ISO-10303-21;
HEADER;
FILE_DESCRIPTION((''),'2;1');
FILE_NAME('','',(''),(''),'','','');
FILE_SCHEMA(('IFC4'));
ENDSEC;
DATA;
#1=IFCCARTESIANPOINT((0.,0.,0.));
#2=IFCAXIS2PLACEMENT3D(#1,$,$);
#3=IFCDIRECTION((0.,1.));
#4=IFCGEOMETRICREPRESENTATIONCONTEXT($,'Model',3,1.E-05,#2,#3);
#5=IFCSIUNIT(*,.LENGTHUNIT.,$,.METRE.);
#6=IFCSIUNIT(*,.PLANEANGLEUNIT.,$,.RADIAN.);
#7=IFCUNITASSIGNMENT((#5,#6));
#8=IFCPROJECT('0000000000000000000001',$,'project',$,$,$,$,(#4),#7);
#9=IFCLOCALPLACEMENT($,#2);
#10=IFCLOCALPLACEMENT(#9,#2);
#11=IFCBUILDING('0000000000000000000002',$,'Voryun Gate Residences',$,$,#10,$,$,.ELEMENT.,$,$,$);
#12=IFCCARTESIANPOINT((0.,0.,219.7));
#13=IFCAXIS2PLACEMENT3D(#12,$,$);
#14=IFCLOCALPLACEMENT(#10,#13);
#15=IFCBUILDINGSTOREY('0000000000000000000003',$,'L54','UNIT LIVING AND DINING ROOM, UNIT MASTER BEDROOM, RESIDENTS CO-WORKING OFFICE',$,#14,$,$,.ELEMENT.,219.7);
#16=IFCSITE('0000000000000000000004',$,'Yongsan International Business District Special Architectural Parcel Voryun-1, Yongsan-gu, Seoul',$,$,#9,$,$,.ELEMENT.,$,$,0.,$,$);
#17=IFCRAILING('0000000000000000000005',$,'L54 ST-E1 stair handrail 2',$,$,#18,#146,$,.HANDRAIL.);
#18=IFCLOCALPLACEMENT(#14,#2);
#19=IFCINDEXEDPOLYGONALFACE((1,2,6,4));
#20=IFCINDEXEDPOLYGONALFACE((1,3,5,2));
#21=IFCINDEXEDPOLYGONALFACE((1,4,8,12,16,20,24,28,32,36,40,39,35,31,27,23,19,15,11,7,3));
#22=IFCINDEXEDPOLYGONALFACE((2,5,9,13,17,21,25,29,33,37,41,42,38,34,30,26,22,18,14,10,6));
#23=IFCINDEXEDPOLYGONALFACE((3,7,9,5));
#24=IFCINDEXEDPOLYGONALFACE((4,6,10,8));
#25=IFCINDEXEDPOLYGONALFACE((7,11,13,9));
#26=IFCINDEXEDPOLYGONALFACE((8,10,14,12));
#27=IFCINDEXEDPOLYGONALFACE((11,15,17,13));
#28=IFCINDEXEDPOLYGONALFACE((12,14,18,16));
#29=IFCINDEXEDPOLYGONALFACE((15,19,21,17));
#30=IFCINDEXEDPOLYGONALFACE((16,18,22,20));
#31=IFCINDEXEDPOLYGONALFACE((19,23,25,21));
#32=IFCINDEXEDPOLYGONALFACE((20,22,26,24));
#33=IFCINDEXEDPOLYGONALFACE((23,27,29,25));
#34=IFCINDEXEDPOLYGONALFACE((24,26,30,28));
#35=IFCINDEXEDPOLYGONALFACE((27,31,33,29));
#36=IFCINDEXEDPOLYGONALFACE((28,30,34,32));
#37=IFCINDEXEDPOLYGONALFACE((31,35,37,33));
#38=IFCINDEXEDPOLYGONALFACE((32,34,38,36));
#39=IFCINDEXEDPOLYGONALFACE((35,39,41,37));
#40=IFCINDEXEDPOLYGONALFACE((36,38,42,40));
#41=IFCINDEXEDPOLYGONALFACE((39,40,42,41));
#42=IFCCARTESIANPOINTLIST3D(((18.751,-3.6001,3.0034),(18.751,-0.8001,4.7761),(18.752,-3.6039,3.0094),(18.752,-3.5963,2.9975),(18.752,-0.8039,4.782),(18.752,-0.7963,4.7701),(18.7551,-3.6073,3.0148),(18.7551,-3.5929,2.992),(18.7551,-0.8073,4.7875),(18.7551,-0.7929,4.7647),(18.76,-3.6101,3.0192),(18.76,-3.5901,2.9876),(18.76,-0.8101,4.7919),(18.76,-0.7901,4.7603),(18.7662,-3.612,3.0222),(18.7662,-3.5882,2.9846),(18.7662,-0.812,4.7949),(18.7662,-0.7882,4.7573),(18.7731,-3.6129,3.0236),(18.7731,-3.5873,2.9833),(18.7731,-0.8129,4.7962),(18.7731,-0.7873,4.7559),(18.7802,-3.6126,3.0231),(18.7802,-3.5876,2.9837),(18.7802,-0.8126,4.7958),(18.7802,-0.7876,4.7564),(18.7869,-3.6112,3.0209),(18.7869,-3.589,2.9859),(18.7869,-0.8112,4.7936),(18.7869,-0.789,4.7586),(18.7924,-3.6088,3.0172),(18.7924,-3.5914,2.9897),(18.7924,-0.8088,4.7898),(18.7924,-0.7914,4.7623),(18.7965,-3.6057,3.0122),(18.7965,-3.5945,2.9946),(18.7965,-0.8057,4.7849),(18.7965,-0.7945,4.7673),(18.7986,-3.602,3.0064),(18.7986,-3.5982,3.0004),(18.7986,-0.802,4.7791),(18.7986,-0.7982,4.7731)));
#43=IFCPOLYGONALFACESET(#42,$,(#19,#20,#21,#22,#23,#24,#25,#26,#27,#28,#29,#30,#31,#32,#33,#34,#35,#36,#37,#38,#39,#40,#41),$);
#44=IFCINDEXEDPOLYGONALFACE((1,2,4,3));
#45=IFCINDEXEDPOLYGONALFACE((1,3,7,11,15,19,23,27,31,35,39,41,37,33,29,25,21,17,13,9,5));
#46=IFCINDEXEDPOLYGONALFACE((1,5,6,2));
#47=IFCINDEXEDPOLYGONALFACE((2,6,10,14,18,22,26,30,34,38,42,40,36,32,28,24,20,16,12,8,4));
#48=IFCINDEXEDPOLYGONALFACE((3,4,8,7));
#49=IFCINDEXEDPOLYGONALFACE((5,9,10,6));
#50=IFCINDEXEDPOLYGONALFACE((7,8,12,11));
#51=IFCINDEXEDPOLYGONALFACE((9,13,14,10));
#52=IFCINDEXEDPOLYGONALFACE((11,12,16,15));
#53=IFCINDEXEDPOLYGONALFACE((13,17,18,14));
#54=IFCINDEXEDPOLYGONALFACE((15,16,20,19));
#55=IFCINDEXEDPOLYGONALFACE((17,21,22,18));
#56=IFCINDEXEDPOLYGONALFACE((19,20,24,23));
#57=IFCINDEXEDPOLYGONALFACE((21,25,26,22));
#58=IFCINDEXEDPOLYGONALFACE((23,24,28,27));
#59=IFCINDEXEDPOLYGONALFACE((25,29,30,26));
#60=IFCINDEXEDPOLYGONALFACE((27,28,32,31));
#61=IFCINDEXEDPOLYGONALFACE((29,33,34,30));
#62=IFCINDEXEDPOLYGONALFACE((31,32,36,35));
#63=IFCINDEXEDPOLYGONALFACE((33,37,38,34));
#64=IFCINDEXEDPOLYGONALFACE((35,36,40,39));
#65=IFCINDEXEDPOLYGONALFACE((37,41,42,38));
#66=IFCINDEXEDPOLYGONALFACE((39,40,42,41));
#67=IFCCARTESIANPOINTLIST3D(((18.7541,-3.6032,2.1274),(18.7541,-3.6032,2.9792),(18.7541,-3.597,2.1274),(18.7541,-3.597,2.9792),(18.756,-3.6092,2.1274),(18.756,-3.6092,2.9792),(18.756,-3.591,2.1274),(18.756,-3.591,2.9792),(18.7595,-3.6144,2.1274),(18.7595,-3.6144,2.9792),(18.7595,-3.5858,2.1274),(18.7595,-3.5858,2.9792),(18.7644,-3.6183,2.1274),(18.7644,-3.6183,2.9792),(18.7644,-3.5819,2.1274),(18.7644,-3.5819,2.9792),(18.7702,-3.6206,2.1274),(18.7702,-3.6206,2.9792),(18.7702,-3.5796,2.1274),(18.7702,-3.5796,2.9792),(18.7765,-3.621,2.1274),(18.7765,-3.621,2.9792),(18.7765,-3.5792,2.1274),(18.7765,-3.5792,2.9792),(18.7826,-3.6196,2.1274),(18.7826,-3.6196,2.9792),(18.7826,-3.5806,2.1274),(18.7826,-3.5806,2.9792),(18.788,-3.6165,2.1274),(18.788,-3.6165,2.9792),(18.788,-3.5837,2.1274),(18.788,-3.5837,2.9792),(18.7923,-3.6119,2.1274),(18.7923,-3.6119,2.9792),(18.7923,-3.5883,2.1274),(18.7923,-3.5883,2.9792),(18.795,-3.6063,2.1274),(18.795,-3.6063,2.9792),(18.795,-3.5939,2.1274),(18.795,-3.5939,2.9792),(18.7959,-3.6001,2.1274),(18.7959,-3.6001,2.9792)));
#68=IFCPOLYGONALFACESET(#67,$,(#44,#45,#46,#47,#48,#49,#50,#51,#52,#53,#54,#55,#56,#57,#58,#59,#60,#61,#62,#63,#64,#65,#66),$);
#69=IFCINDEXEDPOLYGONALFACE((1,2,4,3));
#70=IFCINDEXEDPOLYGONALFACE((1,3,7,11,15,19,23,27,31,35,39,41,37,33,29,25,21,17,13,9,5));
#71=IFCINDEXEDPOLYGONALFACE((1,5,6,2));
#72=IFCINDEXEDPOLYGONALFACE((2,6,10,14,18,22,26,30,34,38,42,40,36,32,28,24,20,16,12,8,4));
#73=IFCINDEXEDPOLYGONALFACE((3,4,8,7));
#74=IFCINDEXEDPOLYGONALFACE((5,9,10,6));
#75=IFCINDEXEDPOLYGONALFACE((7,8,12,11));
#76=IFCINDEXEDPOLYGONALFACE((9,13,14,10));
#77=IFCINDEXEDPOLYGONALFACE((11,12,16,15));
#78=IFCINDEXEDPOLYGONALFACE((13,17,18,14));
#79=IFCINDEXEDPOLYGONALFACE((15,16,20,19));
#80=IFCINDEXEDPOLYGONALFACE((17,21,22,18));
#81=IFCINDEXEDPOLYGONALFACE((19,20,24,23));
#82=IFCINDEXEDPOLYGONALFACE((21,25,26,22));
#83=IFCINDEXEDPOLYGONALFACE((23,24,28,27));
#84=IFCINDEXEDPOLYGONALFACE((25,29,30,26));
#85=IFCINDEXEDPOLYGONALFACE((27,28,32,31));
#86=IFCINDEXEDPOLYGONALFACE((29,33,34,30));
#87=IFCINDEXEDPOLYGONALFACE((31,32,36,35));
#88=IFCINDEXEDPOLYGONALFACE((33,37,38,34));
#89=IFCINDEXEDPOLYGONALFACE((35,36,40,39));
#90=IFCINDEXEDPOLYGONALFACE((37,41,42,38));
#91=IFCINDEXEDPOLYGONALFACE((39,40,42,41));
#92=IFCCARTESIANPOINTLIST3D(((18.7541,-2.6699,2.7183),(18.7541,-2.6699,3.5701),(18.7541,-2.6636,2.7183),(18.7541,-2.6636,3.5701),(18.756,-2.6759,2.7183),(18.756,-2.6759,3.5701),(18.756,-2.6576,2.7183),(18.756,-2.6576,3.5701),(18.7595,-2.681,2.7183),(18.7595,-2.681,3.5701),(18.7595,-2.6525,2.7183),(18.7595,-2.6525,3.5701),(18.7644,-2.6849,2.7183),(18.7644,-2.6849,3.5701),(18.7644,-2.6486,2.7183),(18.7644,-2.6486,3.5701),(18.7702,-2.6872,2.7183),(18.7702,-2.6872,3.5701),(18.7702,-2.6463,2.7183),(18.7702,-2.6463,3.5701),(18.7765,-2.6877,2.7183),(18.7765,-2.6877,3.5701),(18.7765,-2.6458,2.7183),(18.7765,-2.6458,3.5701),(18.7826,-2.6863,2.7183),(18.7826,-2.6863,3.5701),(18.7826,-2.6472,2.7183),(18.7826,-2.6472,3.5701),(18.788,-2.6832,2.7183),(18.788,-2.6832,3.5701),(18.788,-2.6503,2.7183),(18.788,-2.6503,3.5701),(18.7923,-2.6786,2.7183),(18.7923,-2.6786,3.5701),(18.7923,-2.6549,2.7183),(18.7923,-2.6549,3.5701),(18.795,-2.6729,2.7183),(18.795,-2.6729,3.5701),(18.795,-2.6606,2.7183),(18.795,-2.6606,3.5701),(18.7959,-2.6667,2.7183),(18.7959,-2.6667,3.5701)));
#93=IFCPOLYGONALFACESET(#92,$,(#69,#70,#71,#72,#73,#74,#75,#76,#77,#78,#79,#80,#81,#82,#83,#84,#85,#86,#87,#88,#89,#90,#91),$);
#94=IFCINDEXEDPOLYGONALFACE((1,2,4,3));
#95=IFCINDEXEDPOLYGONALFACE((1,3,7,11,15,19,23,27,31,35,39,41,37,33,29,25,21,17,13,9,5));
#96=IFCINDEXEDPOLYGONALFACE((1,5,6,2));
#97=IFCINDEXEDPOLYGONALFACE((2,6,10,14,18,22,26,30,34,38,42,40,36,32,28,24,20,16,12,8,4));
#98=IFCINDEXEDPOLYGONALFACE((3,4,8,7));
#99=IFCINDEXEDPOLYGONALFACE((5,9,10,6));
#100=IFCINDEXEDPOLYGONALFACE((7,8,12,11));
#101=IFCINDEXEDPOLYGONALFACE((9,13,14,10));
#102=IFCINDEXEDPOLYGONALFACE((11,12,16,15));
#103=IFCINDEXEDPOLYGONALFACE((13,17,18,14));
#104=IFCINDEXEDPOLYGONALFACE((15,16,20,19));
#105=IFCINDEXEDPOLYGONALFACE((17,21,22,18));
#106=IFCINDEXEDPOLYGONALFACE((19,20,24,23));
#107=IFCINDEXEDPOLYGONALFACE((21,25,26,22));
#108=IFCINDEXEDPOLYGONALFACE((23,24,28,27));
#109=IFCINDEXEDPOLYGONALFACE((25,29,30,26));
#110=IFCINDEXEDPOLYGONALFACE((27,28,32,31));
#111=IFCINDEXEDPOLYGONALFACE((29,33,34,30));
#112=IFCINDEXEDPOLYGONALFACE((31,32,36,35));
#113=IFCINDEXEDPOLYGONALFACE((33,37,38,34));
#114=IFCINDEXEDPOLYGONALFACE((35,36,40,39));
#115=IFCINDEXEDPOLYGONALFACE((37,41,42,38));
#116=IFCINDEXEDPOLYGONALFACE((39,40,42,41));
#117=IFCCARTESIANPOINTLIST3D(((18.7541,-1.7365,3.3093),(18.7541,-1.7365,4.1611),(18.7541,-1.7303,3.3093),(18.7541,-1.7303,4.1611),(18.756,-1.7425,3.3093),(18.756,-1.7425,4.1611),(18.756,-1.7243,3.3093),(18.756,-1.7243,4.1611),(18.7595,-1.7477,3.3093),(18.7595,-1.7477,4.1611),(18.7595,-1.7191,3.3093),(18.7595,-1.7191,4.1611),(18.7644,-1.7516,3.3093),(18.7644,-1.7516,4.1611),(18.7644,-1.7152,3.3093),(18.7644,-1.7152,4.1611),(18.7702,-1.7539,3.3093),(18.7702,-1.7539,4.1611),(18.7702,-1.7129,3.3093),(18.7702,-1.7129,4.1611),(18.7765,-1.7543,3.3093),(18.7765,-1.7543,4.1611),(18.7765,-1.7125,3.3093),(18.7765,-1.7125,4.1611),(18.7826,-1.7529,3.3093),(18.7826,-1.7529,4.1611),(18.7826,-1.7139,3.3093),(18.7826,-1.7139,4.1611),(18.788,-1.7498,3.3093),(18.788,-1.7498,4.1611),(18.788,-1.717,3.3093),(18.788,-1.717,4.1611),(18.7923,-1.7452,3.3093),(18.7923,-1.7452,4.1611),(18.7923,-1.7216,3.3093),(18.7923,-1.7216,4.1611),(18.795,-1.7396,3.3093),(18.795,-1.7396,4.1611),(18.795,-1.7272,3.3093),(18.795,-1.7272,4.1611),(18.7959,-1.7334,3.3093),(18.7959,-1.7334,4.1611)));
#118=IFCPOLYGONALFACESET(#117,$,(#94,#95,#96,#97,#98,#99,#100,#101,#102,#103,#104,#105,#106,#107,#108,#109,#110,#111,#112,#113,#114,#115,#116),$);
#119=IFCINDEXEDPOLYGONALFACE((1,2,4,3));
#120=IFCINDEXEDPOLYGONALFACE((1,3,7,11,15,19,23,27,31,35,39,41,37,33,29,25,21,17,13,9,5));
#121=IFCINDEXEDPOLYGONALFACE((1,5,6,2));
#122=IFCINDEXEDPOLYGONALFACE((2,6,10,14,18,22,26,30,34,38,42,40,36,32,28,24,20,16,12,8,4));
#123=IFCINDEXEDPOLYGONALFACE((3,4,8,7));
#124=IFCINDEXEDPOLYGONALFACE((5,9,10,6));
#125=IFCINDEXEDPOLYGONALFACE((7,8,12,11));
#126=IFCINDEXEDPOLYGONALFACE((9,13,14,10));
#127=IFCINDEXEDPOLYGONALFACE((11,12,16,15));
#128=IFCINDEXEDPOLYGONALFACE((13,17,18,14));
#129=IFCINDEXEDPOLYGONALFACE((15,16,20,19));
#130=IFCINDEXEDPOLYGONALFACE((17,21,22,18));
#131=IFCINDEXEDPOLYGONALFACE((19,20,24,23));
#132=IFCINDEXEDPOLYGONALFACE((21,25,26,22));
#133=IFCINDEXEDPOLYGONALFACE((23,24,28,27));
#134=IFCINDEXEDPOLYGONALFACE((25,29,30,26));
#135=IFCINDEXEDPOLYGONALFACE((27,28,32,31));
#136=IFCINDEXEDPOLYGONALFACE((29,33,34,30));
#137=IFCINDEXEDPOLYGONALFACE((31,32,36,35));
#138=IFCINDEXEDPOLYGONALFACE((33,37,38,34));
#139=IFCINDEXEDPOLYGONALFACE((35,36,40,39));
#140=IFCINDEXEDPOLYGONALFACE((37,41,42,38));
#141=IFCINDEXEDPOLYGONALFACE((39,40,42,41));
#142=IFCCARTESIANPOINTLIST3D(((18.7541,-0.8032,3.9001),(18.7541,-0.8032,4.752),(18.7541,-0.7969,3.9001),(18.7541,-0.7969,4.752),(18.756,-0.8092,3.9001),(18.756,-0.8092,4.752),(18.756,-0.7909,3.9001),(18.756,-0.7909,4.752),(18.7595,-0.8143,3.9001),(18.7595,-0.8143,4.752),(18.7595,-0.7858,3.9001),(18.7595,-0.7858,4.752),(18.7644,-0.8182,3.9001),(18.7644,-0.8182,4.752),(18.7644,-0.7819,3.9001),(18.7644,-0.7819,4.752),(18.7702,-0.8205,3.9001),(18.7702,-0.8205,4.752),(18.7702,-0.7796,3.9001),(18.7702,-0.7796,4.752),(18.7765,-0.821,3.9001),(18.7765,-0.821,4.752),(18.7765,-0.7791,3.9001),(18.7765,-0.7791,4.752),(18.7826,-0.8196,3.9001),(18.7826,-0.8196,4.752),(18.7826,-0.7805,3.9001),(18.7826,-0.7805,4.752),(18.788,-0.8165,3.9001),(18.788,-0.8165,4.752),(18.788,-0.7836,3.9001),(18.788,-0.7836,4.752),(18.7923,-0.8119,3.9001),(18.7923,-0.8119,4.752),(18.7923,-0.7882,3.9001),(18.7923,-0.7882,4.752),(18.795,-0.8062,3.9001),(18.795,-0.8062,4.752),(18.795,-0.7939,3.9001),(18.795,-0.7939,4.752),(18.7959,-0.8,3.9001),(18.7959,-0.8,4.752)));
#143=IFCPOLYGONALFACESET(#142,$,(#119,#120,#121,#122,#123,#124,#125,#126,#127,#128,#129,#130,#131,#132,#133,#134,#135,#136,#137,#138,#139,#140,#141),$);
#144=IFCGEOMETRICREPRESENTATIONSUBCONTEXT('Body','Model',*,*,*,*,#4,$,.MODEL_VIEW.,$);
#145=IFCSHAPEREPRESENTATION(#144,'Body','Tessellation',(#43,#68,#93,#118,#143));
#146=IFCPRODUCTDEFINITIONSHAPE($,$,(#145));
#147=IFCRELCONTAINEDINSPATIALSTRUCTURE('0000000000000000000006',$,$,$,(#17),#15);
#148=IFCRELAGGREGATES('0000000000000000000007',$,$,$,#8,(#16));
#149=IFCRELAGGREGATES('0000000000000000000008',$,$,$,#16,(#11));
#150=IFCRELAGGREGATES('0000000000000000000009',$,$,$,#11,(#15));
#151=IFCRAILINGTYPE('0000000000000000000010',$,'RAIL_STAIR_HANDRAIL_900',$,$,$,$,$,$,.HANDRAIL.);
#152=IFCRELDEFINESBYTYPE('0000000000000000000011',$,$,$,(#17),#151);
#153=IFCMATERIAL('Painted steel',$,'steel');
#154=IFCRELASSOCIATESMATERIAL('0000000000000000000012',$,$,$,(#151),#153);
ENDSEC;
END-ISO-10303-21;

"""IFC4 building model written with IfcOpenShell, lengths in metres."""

from ifc_helpers import new_model, si_unit, direction, frame, origin, origin_2d, place, context, subcontext, project, spatial, circle, extrude, material, type_object, element, save


model = new_model("IFC4")

# Units and contexts
model_context = context("Model", 3, precision=1e-05, world=origin(), true_north=direction((0.0, 1.0)))
body_context = subcontext(model_context, "Body", "Model", "MODEL_VIEW")
ifc_project = project(units=[si_unit("LENGTHUNIT", "METRE"), si_unit("PLANEANGLEUNIT", "RADIAN")], contexts=[model_context])

# Site, building, storey
site_placement = place(None, origin())
site = spatial("IfcSite", under=ifc_project, at=site_placement, Name="Yongsan International Business District Special Architectural Parcel Voryun-1, Yongsan-gu, Seoul", CompositionType="ELEMENT", RefElevation=0.0)
building_placement = place(site_placement, origin())
building = spatial("IfcBuilding", under=site, at=building_placement, Name="Voryun Gate Residences", CompositionType="ELEMENT")
storey_placement = place(building_placement, frame((0.0, 0.0, 219.7)))
storey = spatial("IfcBuildingStorey", under=building, at=storey_placement, Name="L54", Description="UNIT LIVING AND DINING ROOM, UNIT MASTER BEDROOM, RESIDENTS CO-WORKING OFFICE", CompositionType="ELEMENT", Elevation=219.7)

# Railing
ifc_material_1 = material(Name="Painted steel", Category="steel")
railing_type_1 = type_object("IfcRailingType", Name="RAIL_STAIR_HANDRAIL_900", PredefinedType="HANDRAIL", material=ifc_material_1)
railing_1_placement = place(storey_placement, frame((18.7749, -3.6001, 2.1274)))
element("IfcRailing", 1, at=railing_1_placement, inside=storey, type_object=railing_type_1, Name="L54 ST-E1 stair handrail 2", PredefinedType="HANDRAIL", context=body_context, shape_type="SweptSolid", body=[
    extrude(circle(Radius=0.0239, at=origin_2d()), frame((0.0, 0.0, 0.876), z_axis=(0.0, 0.844909, 0.53491), x_axis=(-1.0, 0.0, 0.0)), (0.0, 0.0, 1.0), 3.314),
    extrude(circle(Radius=0.021, at=origin_2d()), origin(), (0.0, 0.0, 1.0), 0.8518),
    extrude(circle(Radius=0.021, at=origin_2d()), frame((0.0, 0.9333, 0.5908)), (0.0, 0.0, 1.0), 0.8518),
    extrude(circle(Radius=0.021, at=origin_2d()), frame((0.0, 1.8667, 1.1819)), (0.0, 0.0, 1.0), 0.8518),
    extrude(circle(Radius=0.021, at=origin_2d()), frame((0.0, 2.8, 1.7727)), (0.0, 0.0, 1.0), 0.8518),
])

save(model, "model.ifc")
